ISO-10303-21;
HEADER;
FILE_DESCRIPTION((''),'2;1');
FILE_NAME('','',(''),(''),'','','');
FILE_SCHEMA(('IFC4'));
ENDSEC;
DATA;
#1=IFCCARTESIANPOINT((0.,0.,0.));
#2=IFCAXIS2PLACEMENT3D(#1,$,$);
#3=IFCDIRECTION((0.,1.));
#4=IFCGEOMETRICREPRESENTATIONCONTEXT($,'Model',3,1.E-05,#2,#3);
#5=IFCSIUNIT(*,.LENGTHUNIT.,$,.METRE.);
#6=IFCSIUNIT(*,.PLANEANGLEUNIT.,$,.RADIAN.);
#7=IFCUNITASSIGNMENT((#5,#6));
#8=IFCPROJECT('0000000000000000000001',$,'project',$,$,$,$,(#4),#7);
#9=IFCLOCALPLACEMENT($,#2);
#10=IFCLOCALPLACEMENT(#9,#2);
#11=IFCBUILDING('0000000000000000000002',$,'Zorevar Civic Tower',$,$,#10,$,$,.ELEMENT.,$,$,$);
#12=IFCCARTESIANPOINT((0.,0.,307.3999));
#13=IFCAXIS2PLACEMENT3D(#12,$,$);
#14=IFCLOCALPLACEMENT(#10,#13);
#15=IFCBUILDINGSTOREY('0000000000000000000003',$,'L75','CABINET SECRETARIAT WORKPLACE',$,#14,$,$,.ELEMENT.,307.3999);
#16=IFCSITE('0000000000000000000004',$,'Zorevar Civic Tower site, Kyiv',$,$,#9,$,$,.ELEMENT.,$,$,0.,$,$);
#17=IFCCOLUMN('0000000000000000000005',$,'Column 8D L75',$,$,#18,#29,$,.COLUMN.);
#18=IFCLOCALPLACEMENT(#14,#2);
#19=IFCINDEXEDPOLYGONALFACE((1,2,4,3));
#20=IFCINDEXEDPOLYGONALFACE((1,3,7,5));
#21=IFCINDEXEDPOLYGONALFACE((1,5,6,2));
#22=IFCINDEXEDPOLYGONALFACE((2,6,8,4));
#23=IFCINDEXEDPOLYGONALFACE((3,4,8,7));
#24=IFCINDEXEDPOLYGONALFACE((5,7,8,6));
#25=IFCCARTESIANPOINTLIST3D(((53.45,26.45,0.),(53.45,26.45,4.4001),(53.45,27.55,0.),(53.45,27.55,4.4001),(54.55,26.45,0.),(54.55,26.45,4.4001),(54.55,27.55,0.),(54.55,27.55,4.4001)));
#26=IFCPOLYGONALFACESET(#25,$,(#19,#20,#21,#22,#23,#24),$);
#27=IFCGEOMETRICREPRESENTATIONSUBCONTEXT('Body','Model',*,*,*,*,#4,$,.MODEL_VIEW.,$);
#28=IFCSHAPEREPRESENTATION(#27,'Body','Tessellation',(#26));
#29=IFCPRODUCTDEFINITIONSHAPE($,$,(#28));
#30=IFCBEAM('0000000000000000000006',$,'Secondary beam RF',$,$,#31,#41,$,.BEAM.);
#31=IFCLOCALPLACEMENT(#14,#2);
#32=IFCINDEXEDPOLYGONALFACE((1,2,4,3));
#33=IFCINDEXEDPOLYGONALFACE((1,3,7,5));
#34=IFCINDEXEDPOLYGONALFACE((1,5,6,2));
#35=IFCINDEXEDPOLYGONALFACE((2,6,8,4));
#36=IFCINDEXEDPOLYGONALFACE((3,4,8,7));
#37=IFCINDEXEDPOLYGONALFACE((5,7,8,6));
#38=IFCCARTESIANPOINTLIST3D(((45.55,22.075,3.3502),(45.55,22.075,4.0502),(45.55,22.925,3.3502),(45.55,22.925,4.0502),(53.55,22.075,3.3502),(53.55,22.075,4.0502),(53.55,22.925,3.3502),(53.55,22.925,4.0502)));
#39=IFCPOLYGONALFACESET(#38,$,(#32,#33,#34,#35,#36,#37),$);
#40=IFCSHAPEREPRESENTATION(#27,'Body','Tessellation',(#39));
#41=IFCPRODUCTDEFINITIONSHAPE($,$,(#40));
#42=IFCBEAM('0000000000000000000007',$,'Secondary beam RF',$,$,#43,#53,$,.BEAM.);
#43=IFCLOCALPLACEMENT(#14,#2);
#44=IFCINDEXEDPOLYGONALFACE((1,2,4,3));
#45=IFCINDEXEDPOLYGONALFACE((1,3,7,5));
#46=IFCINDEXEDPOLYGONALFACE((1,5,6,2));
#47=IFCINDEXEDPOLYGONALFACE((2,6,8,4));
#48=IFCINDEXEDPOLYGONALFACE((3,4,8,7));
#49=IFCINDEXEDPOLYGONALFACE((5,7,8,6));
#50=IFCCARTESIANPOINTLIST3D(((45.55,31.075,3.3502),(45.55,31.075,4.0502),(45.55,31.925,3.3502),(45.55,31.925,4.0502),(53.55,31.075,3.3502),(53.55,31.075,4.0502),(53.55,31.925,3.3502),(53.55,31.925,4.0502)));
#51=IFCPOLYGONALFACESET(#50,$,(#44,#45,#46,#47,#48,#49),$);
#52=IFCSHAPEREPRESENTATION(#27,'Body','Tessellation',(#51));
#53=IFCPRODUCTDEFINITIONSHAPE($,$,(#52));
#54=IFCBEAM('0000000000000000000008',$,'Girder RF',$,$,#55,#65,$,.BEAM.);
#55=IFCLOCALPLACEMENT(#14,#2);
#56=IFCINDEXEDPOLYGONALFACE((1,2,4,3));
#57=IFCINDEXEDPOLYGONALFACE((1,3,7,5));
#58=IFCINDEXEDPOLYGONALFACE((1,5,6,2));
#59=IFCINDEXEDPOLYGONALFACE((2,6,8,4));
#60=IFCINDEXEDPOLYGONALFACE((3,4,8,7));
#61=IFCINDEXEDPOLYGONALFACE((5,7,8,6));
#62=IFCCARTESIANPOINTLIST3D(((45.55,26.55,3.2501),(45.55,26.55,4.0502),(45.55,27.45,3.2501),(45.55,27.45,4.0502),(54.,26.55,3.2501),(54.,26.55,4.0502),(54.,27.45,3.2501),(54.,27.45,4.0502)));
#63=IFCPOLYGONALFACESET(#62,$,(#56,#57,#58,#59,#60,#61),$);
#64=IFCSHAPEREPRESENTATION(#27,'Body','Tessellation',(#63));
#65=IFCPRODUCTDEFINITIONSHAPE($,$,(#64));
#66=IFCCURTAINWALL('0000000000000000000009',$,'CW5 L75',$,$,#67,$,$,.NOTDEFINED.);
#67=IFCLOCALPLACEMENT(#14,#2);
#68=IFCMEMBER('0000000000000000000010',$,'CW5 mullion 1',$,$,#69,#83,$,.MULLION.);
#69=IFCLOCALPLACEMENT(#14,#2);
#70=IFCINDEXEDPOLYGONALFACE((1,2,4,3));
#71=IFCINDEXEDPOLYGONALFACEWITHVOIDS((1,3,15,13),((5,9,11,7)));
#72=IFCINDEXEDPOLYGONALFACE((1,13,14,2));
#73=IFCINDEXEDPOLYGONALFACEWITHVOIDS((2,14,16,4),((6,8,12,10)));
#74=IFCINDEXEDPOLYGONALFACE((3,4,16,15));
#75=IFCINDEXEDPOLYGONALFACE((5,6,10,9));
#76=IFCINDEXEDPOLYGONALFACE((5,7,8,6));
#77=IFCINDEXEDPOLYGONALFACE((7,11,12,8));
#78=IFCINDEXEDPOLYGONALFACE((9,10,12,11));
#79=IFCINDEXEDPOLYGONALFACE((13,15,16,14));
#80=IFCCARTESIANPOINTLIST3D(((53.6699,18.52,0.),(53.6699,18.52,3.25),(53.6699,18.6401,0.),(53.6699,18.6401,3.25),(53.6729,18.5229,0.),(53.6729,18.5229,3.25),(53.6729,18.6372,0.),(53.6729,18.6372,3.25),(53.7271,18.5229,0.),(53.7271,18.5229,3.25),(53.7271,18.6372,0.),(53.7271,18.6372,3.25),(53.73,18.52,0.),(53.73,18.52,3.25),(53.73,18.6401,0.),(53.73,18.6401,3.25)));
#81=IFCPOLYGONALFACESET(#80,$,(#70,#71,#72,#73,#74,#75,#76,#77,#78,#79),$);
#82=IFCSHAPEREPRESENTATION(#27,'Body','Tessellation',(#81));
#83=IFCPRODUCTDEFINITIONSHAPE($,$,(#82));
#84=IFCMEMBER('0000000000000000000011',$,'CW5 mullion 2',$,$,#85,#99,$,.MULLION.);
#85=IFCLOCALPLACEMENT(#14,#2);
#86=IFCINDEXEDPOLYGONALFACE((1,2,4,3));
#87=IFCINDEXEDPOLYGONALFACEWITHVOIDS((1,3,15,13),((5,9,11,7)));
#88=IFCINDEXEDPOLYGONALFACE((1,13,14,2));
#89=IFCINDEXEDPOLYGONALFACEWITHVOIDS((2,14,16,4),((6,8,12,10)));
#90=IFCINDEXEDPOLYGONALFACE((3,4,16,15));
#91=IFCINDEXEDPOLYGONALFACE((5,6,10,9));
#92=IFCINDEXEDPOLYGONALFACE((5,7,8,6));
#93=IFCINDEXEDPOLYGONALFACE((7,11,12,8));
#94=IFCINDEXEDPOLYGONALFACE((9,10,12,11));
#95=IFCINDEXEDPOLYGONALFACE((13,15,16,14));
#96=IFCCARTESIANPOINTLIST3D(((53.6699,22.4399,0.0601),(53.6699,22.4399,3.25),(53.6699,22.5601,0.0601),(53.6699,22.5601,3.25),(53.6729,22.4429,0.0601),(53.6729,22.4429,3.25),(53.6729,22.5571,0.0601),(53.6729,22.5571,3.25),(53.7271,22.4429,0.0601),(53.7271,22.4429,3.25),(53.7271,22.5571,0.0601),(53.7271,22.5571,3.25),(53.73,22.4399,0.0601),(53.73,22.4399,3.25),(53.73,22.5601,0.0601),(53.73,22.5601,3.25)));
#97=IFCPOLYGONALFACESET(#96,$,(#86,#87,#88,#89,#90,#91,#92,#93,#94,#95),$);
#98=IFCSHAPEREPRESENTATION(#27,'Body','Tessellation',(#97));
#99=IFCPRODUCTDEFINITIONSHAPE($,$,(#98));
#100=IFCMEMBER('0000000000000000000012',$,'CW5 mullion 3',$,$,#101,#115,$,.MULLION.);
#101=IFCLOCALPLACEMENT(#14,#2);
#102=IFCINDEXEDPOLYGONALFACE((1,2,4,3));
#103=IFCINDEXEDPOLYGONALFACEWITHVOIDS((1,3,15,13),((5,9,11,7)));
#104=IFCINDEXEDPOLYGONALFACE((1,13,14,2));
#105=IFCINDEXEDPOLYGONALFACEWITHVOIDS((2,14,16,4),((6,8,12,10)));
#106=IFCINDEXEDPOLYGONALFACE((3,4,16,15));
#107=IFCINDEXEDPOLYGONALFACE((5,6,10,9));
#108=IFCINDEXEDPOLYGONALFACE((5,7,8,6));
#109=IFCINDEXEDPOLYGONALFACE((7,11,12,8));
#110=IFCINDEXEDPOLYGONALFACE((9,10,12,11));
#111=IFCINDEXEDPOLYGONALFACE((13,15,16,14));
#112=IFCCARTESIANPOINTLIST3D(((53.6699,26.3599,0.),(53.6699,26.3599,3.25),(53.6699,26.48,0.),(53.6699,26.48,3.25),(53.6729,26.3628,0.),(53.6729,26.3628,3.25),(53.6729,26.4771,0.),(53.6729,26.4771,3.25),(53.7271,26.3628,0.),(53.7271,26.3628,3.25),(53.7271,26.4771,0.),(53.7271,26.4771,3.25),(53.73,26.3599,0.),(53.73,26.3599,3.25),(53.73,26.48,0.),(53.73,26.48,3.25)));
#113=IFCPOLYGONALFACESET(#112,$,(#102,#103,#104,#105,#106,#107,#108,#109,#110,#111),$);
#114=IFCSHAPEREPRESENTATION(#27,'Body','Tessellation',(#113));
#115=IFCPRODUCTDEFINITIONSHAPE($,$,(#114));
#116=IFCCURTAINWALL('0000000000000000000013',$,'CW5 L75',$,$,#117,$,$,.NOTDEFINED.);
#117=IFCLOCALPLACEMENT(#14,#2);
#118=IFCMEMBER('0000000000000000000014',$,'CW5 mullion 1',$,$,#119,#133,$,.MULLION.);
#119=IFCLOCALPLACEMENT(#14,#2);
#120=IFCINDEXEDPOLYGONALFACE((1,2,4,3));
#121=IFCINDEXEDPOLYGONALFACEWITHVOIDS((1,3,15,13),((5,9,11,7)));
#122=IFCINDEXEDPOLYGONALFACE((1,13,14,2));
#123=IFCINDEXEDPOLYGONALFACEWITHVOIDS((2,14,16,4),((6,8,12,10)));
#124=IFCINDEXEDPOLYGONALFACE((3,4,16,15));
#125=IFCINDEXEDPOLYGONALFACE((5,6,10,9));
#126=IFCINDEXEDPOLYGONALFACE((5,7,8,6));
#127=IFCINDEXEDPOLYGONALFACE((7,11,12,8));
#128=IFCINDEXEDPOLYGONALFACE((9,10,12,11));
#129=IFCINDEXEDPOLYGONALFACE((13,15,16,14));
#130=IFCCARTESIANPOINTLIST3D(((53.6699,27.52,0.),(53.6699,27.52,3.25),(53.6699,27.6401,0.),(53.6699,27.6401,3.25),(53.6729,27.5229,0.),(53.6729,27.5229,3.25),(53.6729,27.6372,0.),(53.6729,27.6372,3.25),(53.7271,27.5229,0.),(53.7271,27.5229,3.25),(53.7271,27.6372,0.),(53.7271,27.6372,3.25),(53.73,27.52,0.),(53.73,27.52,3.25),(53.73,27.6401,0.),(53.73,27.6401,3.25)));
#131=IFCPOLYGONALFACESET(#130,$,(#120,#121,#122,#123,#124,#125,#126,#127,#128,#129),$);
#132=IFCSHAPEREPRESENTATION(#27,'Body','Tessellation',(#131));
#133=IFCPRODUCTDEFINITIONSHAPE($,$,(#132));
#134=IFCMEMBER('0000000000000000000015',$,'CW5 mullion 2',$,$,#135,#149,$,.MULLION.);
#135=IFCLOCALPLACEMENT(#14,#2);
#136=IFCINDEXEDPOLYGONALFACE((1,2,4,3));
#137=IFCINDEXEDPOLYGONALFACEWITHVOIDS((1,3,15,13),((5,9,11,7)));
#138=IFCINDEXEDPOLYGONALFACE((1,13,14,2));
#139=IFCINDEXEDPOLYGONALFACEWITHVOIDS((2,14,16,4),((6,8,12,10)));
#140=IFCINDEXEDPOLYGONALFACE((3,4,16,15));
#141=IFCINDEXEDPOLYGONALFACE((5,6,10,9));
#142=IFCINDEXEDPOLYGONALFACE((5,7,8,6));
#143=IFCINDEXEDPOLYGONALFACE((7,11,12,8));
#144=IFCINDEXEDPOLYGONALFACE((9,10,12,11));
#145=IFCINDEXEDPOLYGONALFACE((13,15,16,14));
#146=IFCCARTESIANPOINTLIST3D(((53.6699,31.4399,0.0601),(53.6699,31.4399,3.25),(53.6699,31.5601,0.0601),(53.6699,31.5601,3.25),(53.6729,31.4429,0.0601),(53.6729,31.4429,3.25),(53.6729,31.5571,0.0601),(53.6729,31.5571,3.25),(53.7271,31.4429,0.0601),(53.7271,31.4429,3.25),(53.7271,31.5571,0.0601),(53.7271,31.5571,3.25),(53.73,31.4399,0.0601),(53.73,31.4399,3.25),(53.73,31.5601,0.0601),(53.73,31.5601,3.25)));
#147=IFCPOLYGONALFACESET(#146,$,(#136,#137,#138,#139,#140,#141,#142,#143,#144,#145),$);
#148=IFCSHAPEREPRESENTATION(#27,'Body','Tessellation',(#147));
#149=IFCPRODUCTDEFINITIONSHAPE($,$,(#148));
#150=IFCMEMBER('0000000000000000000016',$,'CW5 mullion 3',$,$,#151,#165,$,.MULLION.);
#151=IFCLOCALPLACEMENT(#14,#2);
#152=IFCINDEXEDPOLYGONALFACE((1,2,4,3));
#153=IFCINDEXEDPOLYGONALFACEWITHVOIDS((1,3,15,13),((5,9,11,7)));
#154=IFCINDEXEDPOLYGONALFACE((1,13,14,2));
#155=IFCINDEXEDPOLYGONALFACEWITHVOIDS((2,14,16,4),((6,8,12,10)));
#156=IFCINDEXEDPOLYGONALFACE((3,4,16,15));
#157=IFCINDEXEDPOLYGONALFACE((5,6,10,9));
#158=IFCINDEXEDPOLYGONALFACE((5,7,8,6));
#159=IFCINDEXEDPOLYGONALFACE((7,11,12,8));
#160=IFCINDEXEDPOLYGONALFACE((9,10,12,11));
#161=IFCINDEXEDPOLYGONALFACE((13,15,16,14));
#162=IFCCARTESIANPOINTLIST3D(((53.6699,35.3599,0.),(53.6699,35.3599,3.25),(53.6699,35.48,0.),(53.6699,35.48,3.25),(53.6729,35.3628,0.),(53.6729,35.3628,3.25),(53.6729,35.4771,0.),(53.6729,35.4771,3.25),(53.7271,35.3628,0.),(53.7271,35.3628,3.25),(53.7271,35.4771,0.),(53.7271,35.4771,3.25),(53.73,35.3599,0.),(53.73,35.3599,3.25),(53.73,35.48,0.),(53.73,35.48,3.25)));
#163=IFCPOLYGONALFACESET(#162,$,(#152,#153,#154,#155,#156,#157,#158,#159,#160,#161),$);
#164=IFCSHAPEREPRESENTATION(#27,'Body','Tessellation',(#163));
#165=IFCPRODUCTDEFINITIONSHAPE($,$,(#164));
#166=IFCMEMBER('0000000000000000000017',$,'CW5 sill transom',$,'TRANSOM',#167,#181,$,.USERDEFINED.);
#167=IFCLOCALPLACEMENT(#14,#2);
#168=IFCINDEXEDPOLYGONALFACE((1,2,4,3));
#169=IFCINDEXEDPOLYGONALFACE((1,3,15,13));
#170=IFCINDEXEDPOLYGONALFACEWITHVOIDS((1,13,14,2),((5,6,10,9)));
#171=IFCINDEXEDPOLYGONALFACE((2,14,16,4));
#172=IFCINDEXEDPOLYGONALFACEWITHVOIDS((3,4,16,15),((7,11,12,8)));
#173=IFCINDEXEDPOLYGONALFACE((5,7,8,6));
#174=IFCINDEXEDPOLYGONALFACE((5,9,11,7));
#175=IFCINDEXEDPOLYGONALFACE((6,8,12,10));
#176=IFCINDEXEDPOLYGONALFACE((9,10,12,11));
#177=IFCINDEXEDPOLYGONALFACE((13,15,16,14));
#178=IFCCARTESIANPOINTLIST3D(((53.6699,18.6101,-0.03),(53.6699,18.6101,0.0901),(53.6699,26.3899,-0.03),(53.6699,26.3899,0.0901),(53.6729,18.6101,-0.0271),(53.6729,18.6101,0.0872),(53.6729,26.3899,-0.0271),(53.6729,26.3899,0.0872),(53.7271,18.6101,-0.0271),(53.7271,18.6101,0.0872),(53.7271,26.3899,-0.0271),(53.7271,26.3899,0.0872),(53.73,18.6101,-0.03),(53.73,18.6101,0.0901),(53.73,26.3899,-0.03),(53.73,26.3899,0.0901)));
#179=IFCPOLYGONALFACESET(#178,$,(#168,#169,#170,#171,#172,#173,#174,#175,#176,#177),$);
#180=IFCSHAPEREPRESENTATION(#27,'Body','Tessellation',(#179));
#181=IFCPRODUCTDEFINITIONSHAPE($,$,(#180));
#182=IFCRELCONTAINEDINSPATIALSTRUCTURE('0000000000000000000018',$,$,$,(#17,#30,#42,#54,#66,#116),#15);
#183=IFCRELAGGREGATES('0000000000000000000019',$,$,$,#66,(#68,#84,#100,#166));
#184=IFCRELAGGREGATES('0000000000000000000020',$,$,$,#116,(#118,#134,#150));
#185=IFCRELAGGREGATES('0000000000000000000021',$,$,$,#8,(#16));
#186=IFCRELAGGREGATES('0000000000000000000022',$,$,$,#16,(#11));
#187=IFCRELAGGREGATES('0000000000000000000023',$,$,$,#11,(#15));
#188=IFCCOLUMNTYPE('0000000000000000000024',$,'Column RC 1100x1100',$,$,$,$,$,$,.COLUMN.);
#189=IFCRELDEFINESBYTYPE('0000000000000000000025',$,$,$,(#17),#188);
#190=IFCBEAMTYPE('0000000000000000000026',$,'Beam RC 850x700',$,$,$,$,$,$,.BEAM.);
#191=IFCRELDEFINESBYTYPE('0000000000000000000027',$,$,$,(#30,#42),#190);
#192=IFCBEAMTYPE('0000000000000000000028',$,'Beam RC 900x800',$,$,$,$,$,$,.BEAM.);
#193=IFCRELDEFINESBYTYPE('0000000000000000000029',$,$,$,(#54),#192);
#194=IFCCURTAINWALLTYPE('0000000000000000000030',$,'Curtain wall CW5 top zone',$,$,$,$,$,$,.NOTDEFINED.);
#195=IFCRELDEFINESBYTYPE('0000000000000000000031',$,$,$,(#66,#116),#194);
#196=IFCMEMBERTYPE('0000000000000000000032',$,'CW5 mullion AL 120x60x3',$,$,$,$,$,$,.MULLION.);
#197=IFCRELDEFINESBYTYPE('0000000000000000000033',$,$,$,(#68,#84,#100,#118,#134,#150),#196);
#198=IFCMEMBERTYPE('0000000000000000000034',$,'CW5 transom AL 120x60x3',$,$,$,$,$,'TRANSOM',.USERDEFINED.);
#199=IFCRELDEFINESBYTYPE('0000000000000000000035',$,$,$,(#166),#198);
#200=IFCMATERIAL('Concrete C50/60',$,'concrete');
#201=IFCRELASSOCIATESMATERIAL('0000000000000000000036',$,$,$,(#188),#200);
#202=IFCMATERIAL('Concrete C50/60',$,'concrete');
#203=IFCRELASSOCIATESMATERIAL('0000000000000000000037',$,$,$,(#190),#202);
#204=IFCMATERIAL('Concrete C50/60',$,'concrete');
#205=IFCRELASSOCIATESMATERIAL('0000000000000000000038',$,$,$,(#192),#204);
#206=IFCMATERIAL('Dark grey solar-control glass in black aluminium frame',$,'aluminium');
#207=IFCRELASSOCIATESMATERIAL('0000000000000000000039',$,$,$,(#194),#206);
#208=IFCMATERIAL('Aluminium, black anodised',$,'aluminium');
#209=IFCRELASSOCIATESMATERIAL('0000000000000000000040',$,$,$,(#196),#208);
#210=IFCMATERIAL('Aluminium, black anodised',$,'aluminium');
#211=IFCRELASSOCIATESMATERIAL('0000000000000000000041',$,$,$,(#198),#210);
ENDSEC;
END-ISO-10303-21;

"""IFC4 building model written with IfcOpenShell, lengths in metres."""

from ifc_helpers import new_model, si_unit, direction, frame, origin, origin_2d, place, context, subcontext, project, spatial, rectangle, hollow_rectangle, extrude, material, material_profile, profile_set, type_object, element, aggregate, save


model = new_model("IFC4")

# Units and contexts
model_context = context("Model", 3, precision=1e-05, world=origin(), true_north=direction((0.0, 1.0)))
body_context = subcontext(model_context, "Body", "Model", "MODEL_VIEW")
ifc_project = project(units=[si_unit("LENGTHUNIT", "METRE"), si_unit("PLANEANGLEUNIT", "RADIAN")], contexts=[model_context])

# Site, building, storey
site_placement = place(None, origin())
site = spatial("IfcSite", under=ifc_project, at=site_placement, Name="Zorevar Civic Tower site, Kyiv", CompositionType="ELEMENT", RefElevation=0.0)
building_placement = place(site_placement, origin())
building = spatial("IfcBuilding", under=site, at=building_placement, Name="Zorevar Civic Tower", CompositionType="ELEMENT")
storey_placement = place(building_placement, frame((0.0, 0.0, 307.3999)))
storey = spatial("IfcBuildingStorey", under=building, at=storey_placement, Name="L75", Description="CABINET SECRETARIAT WORKPLACE", CompositionType="ELEMENT", Elevation=307.3999)

# Column
ifc_material_1 = material(Name="Concrete C50/60", Category="concrete")
ifc_material_profile_1 = material_profile(ifc_material_1, rectangle(XDim=1.1001, YDim=1.1001, at=origin_2d()), Name="RC 1100x1100")
ifc_profile_set_1 = profile_set([ifc_material_profile_1], Name="Concrete C50/60")
column_type = type_object("IfcColumnType", Name="Column RC 1100x1100", PredefinedType="COLUMN", material=ifc_profile_set_1)
column_placement = place(storey_placement, frame((54.0, 27.0, 0.0), z_axis=(0.0, 0.0, 1.0), x_axis=(1.0, 0.0, 0.0)))
element("IfcColumn", 1, at=column_placement, inside=storey, type_object=column_type, Name="Column 8D L75", PredefinedType="COLUMN", context=body_context, shape_type="SweptSolid", body=[
    extrude(rectangle(XDim=1.1001, YDim=1.1001, at=origin_2d()), origin(), (0.0, 0.0, 1.0), 4.4001),
])

# Beams
ifc_material_2 = material(Name="Concrete C50/60", Category="concrete")
ifc_material_profile_2 = material_profile(ifc_material_2, rectangle(XDim=0.8501, YDim=0.7, at=origin_2d()), Name="RC 850x700")
ifc_profile_set_2 = profile_set([ifc_material_profile_2], Name="Concrete C50/60")
beam_type_1 = type_object("IfcBeamType", Name="Beam RC 850x700", PredefinedType="BEAM", material=ifc_profile_set_2)
for number, where, z_axis, x_axis, name in (
    (2, (45.55, 22.5, 3.7002), (1.0, 0.0, 0.0), (0.0, 1.0, 0.0), "Secondary beam RF"),
    (3, (45.55, 31.5, 3.7002), (1.0, 0.0, 0.0), (0.0, 1.0, 0.0), "Secondary beam RF"),
):
    element("IfcBeam", number, at=place(storey_placement, frame(where, z_axis=z_axis, x_axis=x_axis)), inside=storey, type_object=beam_type_1, Name=name, PredefinedType="BEAM", context=body_context, shape_type="SweptSolid", body=[
        extrude(rectangle(XDim=0.8501, YDim=0.7, at=origin_2d()), origin(), (0.0, 0.0, 1.0), 8.0),
    ])
ifc_material_3 = material(Name="Concrete C50/60", Category="concrete")
ifc_material_profile_3 = material_profile(ifc_material_3, rectangle(XDim=0.8999, YDim=0.8, at=origin_2d()), Name="RC 900x800")
ifc_profile_set_3 = profile_set([ifc_material_profile_3], Name="Concrete C50/60")
beam_type_2 = type_object("IfcBeamType", Name="Beam RC 900x800", PredefinedType="BEAM", material=ifc_profile_set_3)
beam_1_placement = place(storey_placement, frame((45.55, 27.0, 3.6501), z_axis=(1.0, 0.0, 0.0), x_axis=(0.0, 1.0, 0.0)))
element("IfcBeam", 4, at=beam_1_placement, inside=storey, type_object=beam_type_2, Name="Girder RF", PredefinedType="BEAM", context=body_context, shape_type="SweptSolid", body=[
    extrude(rectangle(XDim=0.8999, YDim=0.8, at=origin_2d()), origin(), (0.0, 0.0, 1.0), 8.45),
])

# Curtain walls, members
ifc_material_4 = material(Name="Dark grey solar-control glass in black aluminium frame", Category="aluminium")
curtain_wall_type = type_object("IfcCurtainWallType", Name="Curtain wall CW5 top zone", PredefinedType="NOTDEFINED", material=ifc_material_4)
curtain_wall_1_placement = place(storey_placement, origin())
curtain_wall_1 = element("IfcCurtainWall", 5, at=curtain_wall_1_placement, inside=storey, type_object=curtain_wall_type, Name="CW5 L75", PredefinedType="NOTDEFINED")
ifc_material_5 = material(Name="Aluminium, black anodised", Category="aluminium")
ifc_material_profile_4 = material_profile(ifc_material_5, hollow_rectangle(XDim=0.0601, YDim=0.1201, WallThickness=0.0029, at=origin_2d()), Name="AL 120x60x3")
ifc_profile_set_4 = profile_set([ifc_material_profile_4], Name="Aluminium, black anodised")
member_type_1 = type_object("IfcMemberType", Name="CW5 mullion AL 120x60x3", PredefinedType="MULLION", material=ifc_profile_set_4)
member_1_placement = place(storey_placement, frame((53.7, 18.5801, 0.0), z_axis=(0.0, 0.0, 1.0), x_axis=(-1.0, 0.0, 0.0)))
member_1 = element("IfcMember", 6, at=member_1_placement, type_object=member_type_1, Name="CW5 mullion 1", PredefinedType="MULLION", context=body_context, shape_type="SweptSolid", body=[
    extrude(hollow_rectangle(XDim=0.0601, YDim=0.1201, WallThickness=0.0029, at=origin_2d()), origin(), (0.0, 0.0, 1.0), 3.25),
])
member_2_placement = place(storey_placement, frame((53.7, 22.5, 0.0601), z_axis=(0.0, 0.0, 1.0), x_axis=(-1.0, 0.0, 0.0)))
member_2 = element("IfcMember", 7, at=member_2_placement, type_object=member_type_1, Name="CW5 mullion 2", PredefinedType="MULLION", context=body_context, shape_type="SweptSolid", body=[
    extrude(hollow_rectangle(XDim=0.0601, YDim=0.1201, WallThickness=0.0029, at=origin_2d()), origin(), (0.0, 0.0, 1.0), 3.1899),
])
member_3_placement = place(storey_placement, frame((53.7, 26.4199, 0.0), z_axis=(0.0, 0.0, 1.0), x_axis=(-1.0, 0.0, 0.0)))
member_3 = element("IfcMember", 8, at=member_3_placement, type_object=member_type_1, Name="CW5 mullion 3", PredefinedType="MULLION", context=body_context, shape_type="SweptSolid", body=[
    extrude(hollow_rectangle(XDim=0.0601, YDim=0.1201, WallThickness=0.0029, at=origin_2d()), origin(), (0.0, 0.0, 1.0), 3.25),
])
curtain_wall_2_placement = place(storey_placement, origin())
curtain_wall_2 = element("IfcCurtainWall", 9, at=curtain_wall_2_placement, inside=storey, type_object=curtain_wall_type, Name="CW5 L75", PredefinedType="NOTDEFINED")
member_4_placement = place(storey_placement, frame((53.7, 27.5801, 0.0), z_axis=(0.0, 0.0, 1.0), x_axis=(-1.0, 0.0, 0.0)))
member_4 = element("IfcMember", 10, at=member_4_placement, type_object=member_type_1, Name="CW5 mullion 1", PredefinedType="MULLION", context=body_context, shape_type="SweptSolid", body=[
    extrude(hollow_rectangle(XDim=0.0601, YDim=0.1201, WallThickness=0.0029, at=origin_2d()), origin(), (0.0, 0.0, 1.0), 3.25),
])
member_5_placement = place(storey_placement, frame((53.7, 31.5, 0.0601), z_axis=(0.0, 0.0, 1.0), x_axis=(-1.0, 0.0, 0.0)))
member_5 = element("IfcMember", 11, at=member_5_placement, type_object=member_type_1, Name="CW5 mullion 2", PredefinedType="MULLION", context=body_context, shape_type="SweptSolid", body=[
    extrude(hollow_rectangle(XDim=0.0601, YDim=0.1201, WallThickness=0.0029, at=origin_2d()), origin(), (0.0, 0.0, 1.0), 3.1899),
])
member_6_placement = place(storey_placement, frame((53.7, 35.4199, 0.0), z_axis=(0.0, 0.0, 1.0), x_axis=(-1.0, 0.0, 0.0)))
member_6 = element("IfcMember", 12, at=member_6_placement, type_object=member_type_1, Name="CW5 mullion 3", PredefinedType="MULLION", context=body_context, shape_type="SweptSolid", body=[
    extrude(hollow_rectangle(XDim=0.0601, YDim=0.1201, WallThickness=0.0029, at=origin_2d()), origin(), (0.0, 0.0, 1.0), 3.25),
])

# Member
ifc_material_6 = material(Name="Aluminium, black anodised", Category="aluminium")
ifc_material_profile_5 = material_profile(ifc_material_6, hollow_rectangle(XDim=0.0601, YDim=0.1201, WallThickness=0.0029, at=origin_2d()), Name="AL 120x60x3")
ifc_profile_set_5 = profile_set([ifc_material_profile_5], Name="Aluminium, black anodised")
member_type_2 = type_object("IfcMemberType", Name="CW5 transom AL 120x60x3", ElementType="TRANSOM", PredefinedType="USERDEFINED", material=ifc_profile_set_5)
member_7_placement = place(storey_placement, frame((53.7, 18.6101, 0.03), z_axis=(0.0, 1.0, 0.0), x_axis=(-1.0, 0.0, 0.0)))
member_7 = element("IfcMember", 13, at=member_7_placement, type_object=member_type_2, Name="CW5 sill transom", ObjectType="TRANSOM", PredefinedType="USERDEFINED", context=body_context, shape_type="SweptSolid", body=[
    extrude(hollow_rectangle(XDim=0.0601, YDim=0.1201, WallThickness=0.0029, at=origin_2d()), origin(), (0.0, 0.0, 1.0), 7.7798),
])

aggregate(curtain_wall_1, [member_1, member_2, member_3, member_7])
aggregate(curtain_wall_2, [member_4, member_5, member_6])

save(model, "model.ifc")
